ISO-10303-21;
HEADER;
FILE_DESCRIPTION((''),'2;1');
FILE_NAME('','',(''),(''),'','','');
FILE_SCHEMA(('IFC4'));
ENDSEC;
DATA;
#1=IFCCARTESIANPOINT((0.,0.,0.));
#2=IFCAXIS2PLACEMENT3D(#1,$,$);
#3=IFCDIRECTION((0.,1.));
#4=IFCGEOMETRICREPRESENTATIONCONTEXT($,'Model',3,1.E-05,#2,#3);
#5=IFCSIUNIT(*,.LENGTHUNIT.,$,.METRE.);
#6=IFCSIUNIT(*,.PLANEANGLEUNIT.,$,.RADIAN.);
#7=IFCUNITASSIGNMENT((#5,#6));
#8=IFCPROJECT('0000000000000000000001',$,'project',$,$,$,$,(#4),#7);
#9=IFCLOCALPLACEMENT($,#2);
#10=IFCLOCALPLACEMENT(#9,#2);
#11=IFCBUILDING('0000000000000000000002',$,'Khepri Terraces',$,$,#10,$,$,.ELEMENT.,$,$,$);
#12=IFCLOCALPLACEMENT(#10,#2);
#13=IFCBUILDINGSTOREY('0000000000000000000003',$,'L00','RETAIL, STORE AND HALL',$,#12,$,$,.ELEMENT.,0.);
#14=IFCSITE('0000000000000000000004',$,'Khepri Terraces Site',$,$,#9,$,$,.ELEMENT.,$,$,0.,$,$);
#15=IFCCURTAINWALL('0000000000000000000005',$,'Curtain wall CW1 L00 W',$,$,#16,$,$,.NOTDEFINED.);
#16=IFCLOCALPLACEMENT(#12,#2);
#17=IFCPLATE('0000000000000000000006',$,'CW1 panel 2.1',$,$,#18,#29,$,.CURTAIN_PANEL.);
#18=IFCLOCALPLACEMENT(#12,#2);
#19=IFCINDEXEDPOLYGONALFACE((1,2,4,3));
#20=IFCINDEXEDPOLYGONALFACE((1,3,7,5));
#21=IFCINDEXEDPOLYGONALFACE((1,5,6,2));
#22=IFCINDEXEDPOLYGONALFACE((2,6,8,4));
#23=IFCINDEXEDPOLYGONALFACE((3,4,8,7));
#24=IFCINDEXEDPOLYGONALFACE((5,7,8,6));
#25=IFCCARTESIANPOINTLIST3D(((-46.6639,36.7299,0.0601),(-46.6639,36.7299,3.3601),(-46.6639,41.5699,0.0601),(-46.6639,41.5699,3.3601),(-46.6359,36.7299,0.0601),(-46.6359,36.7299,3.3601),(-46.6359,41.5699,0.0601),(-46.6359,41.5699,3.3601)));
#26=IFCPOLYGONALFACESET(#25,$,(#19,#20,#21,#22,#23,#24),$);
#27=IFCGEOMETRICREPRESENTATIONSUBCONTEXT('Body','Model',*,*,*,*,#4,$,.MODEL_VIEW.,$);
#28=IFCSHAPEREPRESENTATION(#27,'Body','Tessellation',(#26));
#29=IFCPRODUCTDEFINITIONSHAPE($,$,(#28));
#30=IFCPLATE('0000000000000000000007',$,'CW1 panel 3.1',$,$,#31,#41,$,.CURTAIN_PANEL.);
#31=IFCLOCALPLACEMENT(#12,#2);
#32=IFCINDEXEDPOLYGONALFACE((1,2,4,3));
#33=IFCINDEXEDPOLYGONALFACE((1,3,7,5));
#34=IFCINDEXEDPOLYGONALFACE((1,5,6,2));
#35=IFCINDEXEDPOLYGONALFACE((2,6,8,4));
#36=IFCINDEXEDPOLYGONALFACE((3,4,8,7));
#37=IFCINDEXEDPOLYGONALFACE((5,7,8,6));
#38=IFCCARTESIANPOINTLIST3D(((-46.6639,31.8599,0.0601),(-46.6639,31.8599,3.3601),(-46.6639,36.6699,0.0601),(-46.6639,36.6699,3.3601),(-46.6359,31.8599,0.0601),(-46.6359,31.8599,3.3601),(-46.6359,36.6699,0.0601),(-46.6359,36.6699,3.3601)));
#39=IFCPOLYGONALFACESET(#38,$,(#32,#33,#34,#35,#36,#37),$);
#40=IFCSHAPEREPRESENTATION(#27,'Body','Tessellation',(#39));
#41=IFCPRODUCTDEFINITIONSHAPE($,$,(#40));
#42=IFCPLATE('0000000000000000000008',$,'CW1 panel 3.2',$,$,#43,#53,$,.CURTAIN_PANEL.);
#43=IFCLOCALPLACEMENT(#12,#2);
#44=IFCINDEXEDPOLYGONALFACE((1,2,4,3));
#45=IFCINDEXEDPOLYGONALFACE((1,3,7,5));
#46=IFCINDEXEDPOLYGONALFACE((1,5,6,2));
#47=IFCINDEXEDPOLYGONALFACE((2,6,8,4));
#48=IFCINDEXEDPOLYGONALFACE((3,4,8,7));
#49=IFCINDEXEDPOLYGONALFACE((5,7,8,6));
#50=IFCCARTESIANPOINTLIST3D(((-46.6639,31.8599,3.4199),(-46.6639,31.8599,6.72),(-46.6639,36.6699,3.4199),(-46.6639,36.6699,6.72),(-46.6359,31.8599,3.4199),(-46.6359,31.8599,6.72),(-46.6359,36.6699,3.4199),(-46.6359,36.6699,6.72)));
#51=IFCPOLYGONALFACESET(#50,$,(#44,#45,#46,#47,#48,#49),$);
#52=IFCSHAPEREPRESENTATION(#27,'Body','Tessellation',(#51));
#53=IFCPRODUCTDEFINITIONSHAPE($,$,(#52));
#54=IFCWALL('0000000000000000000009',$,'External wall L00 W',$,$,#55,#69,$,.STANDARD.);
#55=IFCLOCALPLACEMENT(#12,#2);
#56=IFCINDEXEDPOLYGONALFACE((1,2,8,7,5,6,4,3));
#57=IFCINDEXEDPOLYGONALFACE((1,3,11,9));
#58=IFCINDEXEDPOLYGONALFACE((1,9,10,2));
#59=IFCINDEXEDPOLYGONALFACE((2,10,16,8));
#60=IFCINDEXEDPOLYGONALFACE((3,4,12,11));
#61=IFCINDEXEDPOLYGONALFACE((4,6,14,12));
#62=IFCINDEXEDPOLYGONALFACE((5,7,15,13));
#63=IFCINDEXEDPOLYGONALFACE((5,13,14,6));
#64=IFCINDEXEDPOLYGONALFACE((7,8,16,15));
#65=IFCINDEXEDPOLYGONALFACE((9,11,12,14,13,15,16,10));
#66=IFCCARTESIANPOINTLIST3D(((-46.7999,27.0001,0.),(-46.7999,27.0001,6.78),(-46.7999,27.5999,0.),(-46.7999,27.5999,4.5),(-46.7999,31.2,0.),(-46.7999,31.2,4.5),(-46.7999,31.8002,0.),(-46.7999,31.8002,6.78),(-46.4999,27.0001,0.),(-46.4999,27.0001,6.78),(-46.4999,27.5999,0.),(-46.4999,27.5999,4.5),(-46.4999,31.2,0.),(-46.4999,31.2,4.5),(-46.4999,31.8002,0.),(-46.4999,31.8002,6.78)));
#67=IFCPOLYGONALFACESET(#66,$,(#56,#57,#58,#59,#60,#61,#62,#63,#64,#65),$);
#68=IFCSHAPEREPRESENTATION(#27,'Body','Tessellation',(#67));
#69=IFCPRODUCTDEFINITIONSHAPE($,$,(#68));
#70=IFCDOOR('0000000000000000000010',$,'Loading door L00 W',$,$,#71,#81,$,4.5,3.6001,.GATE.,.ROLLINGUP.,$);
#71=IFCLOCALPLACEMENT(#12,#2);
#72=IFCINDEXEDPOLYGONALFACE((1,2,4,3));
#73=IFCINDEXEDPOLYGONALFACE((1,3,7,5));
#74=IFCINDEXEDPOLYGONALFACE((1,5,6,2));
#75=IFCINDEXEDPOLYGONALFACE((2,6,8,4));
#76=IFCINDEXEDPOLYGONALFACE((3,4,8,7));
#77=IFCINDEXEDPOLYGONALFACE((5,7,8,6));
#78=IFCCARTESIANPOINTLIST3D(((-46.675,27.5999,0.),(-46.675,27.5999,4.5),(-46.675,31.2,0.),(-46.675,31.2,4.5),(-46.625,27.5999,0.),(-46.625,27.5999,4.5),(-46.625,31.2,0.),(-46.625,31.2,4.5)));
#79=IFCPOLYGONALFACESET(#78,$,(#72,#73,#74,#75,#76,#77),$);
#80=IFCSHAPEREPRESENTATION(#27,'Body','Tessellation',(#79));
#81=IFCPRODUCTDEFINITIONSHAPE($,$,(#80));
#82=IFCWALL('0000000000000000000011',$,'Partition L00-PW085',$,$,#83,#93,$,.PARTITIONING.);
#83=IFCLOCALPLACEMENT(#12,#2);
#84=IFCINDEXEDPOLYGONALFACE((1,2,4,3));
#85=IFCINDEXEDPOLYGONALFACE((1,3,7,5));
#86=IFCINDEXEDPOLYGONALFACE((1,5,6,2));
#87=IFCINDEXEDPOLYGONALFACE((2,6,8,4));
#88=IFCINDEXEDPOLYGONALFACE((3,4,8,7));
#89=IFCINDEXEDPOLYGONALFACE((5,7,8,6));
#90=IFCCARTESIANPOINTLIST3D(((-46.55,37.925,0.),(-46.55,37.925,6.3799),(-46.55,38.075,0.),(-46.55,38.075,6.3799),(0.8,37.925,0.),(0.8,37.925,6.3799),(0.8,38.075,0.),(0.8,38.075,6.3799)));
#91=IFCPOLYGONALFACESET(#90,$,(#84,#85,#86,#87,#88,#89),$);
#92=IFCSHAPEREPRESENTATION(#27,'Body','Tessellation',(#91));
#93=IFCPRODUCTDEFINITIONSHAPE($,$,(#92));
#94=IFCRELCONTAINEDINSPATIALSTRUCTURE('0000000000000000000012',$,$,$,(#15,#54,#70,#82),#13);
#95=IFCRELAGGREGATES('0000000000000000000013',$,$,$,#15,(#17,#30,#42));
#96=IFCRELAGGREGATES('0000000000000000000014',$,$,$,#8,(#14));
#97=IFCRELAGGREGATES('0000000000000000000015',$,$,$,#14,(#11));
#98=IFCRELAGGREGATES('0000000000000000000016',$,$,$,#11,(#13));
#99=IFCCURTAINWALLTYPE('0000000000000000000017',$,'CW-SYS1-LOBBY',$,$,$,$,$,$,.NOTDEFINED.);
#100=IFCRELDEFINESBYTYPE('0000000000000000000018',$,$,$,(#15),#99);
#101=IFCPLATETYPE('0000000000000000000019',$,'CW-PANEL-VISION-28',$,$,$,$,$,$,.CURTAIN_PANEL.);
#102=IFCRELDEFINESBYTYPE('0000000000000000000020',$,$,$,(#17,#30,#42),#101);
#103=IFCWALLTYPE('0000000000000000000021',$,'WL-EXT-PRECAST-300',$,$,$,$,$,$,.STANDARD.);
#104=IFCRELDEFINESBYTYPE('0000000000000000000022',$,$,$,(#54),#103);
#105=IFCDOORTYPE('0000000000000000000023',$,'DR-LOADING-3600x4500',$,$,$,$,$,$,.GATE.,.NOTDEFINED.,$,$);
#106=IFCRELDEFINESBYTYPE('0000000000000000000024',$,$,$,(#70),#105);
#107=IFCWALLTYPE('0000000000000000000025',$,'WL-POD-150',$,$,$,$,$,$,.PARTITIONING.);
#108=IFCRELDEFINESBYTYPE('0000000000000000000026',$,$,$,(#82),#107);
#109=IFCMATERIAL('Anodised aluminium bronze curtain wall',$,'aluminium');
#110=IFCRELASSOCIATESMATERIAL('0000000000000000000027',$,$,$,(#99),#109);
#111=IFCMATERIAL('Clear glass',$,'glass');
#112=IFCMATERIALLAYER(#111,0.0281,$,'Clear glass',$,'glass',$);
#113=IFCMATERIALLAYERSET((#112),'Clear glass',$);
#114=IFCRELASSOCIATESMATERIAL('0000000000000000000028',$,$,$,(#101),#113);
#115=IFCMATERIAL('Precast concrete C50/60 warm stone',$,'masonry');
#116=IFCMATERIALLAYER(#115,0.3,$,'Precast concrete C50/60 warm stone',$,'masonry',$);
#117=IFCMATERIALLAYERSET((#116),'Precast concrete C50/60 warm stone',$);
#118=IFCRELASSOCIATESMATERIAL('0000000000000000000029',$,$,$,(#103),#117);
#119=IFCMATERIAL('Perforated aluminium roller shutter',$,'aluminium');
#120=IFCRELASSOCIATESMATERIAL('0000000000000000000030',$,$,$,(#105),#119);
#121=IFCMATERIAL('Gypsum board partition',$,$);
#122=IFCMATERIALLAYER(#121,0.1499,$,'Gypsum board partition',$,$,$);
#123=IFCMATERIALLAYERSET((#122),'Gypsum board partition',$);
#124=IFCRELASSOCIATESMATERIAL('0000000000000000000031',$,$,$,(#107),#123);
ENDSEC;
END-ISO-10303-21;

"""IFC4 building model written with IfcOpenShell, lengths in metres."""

from ifc_helpers import new_model, si_unit, direction, frame, frame_2d, origin, origin_2d, place, context, subcontext, project, spatial, rectangle, extrude, material, layer, layer_set, type_object, element, fill, aggregate, save


model = new_model("IFC4")

# Units and contexts
model_context = context("Model", 3, precision=1e-05, world=origin(), true_north=direction((0.0, 1.0)))
body_context = subcontext(model_context, "Body", "Model", "MODEL_VIEW")
ifc_project = project(units=[si_unit("LENGTHUNIT", "METRE"), si_unit("PLANEANGLEUNIT", "RADIAN")], contexts=[model_context])

# Site, building, storey
site_placement = place(None, origin())
site = spatial("IfcSite", under=ifc_project, at=site_placement, Name="Khepri Terraces Site", CompositionType="ELEMENT", RefElevation=0.0)
building_placement = place(site_placement, origin())
building = spatial("IfcBuilding", under=site, at=building_placement, Name="Khepri Terraces", CompositionType="ELEMENT")
storey_placement = place(building_placement, origin())
storey = spatial("IfcBuildingStorey", under=building, at=storey_placement, Name="L00", Description="RETAIL, STORE AND HALL", CompositionType="ELEMENT", Elevation=0.0)

# Curtain wall
ifc_material_1 = material(Name="Anodised aluminium bronze curtain wall", Category="aluminium")
curtain_wall_type = type_object("IfcCurtainWallType", Name="CW-SYS1-LOBBY", PredefinedType="NOTDEFINED", material=ifc_material_1)
curtain_wall_placement = place(storey_placement, origin())
curtain_wall = element("IfcCurtainWall", 1, at=curtain_wall_placement, inside=storey, type_object=curtain_wall_type, Name="Curtain wall CW1 L00 W", PredefinedType="NOTDEFINED")

# Plates
ifc_material_2 = material(Name="Clear glass", Category="glass")
ifc_layer_1 = layer(ifc_material_2, 0.0281, Name="Clear glass", Category="glass")
ifc_layer_set_1 = layer_set([ifc_layer_1], Name="Clear glass")
plate_type = type_object("IfcPlateType", Name="CW-PANEL-VISION-28", PredefinedType="CURTAIN_PANEL", material=ifc_layer_set_1)
plate_1_placement = place(storey_placement, frame((-46.6499, 39.1499, 0.0601), z_axis=(0.0, 0.0, 1.0), x_axis=(0.0, -1.0, 0.0)))
plate_1 = element("IfcPlate", 2, at=plate_1_placement, type_object=plate_type, Name="CW1 panel 2.1", PredefinedType="CURTAIN_PANEL", context=body_context, shape_type="SweptSolid", body=[
    extrude(rectangle(XDim=4.8401, YDim=0.0281, at=origin_2d()), origin(), (0.0, 0.0, 1.0), 3.3),
])
plate_2_placement = place(storey_placement, frame((-46.6499, 34.2649, 0.0601), z_axis=(0.0, 0.0, 1.0), x_axis=(0.0, -1.0, 0.0)))
plate_2 = element("IfcPlate", 3, at=plate_2_placement, type_object=plate_type, Name="CW1 panel 3.1", PredefinedType="CURTAIN_PANEL", context=body_context, shape_type="SweptSolid", body=[
    extrude(rectangle(XDim=4.8101, YDim=0.0281, at=origin_2d()), origin(), (0.0, 0.0, 1.0), 3.3),
])
plate_3_placement = place(storey_placement, frame((-46.6499, 34.2649, 3.4199), z_axis=(0.0, 0.0, 1.0), x_axis=(0.0, -1.0, 0.0)))
plate_3 = element("IfcPlate", 4, at=plate_3_placement, type_object=plate_type, Name="CW1 panel 3.2", PredefinedType="CURTAIN_PANEL", context=body_context, shape_type="SweptSolid", body=[
    extrude(rectangle(XDim=4.8101, YDim=0.0281, at=origin_2d()), origin(), (0.0, 0.0, 1.0), 3.3),
])
aggregate(curtain_wall, [plate_1, plate_2, plate_3])

# Wall, opening, door
ifc_material_3 = material(Name="Precast concrete C50/60 warm stone", Category="masonry")
ifc_layer_2 = layer(ifc_material_3, 0.3, Name="Precast concrete C50/60 warm stone", Category="masonry")
ifc_layer_set_2 = layer_set([ifc_layer_2], Name="Precast concrete C50/60 warm stone")
wall_type_1 = type_object("IfcWallType", Name="WL-EXT-PRECAST-300", PredefinedType="STANDARD", material=ifc_layer_set_2)
wall_1_placement = place(storey_placement, frame((-46.6499, 31.8, 0.0), z_axis=(0.0, 0.0, 1.0), x_axis=(0.0, -1.0, 0.0)))
wall_1 = element("IfcWall", 5, at=wall_1_placement, inside=storey, type_object=wall_type_1, Name="External wall L00 W", PredefinedType="STANDARD", context=body_context, shape_type="SweptSolid", body=[
    extrude(rectangle(XDim=4.8, YDim=0.3, at=frame_2d((2.3999, 0.0))), origin(), (0.0, 0.0, 1.0), 6.78),
])
opening_placement = place(wall_1_placement, frame((0.6001, 0.0, 0.0)))
opening = element("IfcOpeningElement", 6, at=opening_placement, cuts=wall_1, PredefinedType="OPENING", context=body_context, shape_type="SweptSolid", body=[
    extrude(rectangle(XDim=3.6001, YDim=4.5, at=frame_2d((1.8, 2.25))), frame((0.0, 0.1602, 0.0), z_axis=(0.0, -1.0, 0.0), x_axis=(1.0, 0.0, 0.0)), (0.0, 0.0, 1.0), 0.3201),
])
ifc_material_4 = material(Name="Perforated aluminium roller shutter", Category="aluminium")
door_type = type_object("IfcDoorType", Name="DR-LOADING-3600x4500", OperationType="NOTDEFINED", PredefinedType="GATE", material=ifc_material_4)
door_placement = place(opening_placement, origin())
door = element("IfcDoor", 7, at=door_placement, inside=storey, type_object=door_type, Name="Loading door L00 W", OperationType="ROLLINGUP", OverallHeight=4.5, OverallWidth=3.6001, PredefinedType="GATE", context=body_context, shape_type="SweptSolid", body=[
    extrude(rectangle(XDim=3.6001, YDim=4.5, at=frame_2d((1.8, 2.25))), frame((0.0, 0.0249, 0.0), z_axis=(0.0, -1.0, 0.0), x_axis=(1.0, 0.0, 0.0)), (0.0, 0.0, 1.0), 0.05),
])
fill(opening, door)

# Wall
ifc_material_5 = material(Name="Gypsum board partition")
ifc_layer_3 = layer(ifc_material_5, 0.1499, Name="Gypsum board partition")
ifc_layer_set_3 = layer_set([ifc_layer_3], Name="Gypsum board partition")
wall_type_2 = type_object("IfcWallType", Name="WL-POD-150", PredefinedType="PARTITIONING", material=ifc_layer_set_3)
wall_2_placement = place(storey_placement, frame((-46.55, 38.0, 0.0), z_axis=(0.0, 0.0, 1.0), x_axis=(1.0, 0.0, 0.0)))
element("IfcWall", 8, at=wall_2_placement, inside=storey, type_object=wall_type_2, Name="Partition L00-PW085", PredefinedType="PARTITIONING", context=body_context, shape_type="SweptSolid", body=[
    extrude(rectangle(XDim=47.3501, YDim=0.1499, at=frame_2d((23.675, 0.0))), origin(), (0.0, 0.0, 1.0), 6.3799),
])

save(model, "model.ifc")
